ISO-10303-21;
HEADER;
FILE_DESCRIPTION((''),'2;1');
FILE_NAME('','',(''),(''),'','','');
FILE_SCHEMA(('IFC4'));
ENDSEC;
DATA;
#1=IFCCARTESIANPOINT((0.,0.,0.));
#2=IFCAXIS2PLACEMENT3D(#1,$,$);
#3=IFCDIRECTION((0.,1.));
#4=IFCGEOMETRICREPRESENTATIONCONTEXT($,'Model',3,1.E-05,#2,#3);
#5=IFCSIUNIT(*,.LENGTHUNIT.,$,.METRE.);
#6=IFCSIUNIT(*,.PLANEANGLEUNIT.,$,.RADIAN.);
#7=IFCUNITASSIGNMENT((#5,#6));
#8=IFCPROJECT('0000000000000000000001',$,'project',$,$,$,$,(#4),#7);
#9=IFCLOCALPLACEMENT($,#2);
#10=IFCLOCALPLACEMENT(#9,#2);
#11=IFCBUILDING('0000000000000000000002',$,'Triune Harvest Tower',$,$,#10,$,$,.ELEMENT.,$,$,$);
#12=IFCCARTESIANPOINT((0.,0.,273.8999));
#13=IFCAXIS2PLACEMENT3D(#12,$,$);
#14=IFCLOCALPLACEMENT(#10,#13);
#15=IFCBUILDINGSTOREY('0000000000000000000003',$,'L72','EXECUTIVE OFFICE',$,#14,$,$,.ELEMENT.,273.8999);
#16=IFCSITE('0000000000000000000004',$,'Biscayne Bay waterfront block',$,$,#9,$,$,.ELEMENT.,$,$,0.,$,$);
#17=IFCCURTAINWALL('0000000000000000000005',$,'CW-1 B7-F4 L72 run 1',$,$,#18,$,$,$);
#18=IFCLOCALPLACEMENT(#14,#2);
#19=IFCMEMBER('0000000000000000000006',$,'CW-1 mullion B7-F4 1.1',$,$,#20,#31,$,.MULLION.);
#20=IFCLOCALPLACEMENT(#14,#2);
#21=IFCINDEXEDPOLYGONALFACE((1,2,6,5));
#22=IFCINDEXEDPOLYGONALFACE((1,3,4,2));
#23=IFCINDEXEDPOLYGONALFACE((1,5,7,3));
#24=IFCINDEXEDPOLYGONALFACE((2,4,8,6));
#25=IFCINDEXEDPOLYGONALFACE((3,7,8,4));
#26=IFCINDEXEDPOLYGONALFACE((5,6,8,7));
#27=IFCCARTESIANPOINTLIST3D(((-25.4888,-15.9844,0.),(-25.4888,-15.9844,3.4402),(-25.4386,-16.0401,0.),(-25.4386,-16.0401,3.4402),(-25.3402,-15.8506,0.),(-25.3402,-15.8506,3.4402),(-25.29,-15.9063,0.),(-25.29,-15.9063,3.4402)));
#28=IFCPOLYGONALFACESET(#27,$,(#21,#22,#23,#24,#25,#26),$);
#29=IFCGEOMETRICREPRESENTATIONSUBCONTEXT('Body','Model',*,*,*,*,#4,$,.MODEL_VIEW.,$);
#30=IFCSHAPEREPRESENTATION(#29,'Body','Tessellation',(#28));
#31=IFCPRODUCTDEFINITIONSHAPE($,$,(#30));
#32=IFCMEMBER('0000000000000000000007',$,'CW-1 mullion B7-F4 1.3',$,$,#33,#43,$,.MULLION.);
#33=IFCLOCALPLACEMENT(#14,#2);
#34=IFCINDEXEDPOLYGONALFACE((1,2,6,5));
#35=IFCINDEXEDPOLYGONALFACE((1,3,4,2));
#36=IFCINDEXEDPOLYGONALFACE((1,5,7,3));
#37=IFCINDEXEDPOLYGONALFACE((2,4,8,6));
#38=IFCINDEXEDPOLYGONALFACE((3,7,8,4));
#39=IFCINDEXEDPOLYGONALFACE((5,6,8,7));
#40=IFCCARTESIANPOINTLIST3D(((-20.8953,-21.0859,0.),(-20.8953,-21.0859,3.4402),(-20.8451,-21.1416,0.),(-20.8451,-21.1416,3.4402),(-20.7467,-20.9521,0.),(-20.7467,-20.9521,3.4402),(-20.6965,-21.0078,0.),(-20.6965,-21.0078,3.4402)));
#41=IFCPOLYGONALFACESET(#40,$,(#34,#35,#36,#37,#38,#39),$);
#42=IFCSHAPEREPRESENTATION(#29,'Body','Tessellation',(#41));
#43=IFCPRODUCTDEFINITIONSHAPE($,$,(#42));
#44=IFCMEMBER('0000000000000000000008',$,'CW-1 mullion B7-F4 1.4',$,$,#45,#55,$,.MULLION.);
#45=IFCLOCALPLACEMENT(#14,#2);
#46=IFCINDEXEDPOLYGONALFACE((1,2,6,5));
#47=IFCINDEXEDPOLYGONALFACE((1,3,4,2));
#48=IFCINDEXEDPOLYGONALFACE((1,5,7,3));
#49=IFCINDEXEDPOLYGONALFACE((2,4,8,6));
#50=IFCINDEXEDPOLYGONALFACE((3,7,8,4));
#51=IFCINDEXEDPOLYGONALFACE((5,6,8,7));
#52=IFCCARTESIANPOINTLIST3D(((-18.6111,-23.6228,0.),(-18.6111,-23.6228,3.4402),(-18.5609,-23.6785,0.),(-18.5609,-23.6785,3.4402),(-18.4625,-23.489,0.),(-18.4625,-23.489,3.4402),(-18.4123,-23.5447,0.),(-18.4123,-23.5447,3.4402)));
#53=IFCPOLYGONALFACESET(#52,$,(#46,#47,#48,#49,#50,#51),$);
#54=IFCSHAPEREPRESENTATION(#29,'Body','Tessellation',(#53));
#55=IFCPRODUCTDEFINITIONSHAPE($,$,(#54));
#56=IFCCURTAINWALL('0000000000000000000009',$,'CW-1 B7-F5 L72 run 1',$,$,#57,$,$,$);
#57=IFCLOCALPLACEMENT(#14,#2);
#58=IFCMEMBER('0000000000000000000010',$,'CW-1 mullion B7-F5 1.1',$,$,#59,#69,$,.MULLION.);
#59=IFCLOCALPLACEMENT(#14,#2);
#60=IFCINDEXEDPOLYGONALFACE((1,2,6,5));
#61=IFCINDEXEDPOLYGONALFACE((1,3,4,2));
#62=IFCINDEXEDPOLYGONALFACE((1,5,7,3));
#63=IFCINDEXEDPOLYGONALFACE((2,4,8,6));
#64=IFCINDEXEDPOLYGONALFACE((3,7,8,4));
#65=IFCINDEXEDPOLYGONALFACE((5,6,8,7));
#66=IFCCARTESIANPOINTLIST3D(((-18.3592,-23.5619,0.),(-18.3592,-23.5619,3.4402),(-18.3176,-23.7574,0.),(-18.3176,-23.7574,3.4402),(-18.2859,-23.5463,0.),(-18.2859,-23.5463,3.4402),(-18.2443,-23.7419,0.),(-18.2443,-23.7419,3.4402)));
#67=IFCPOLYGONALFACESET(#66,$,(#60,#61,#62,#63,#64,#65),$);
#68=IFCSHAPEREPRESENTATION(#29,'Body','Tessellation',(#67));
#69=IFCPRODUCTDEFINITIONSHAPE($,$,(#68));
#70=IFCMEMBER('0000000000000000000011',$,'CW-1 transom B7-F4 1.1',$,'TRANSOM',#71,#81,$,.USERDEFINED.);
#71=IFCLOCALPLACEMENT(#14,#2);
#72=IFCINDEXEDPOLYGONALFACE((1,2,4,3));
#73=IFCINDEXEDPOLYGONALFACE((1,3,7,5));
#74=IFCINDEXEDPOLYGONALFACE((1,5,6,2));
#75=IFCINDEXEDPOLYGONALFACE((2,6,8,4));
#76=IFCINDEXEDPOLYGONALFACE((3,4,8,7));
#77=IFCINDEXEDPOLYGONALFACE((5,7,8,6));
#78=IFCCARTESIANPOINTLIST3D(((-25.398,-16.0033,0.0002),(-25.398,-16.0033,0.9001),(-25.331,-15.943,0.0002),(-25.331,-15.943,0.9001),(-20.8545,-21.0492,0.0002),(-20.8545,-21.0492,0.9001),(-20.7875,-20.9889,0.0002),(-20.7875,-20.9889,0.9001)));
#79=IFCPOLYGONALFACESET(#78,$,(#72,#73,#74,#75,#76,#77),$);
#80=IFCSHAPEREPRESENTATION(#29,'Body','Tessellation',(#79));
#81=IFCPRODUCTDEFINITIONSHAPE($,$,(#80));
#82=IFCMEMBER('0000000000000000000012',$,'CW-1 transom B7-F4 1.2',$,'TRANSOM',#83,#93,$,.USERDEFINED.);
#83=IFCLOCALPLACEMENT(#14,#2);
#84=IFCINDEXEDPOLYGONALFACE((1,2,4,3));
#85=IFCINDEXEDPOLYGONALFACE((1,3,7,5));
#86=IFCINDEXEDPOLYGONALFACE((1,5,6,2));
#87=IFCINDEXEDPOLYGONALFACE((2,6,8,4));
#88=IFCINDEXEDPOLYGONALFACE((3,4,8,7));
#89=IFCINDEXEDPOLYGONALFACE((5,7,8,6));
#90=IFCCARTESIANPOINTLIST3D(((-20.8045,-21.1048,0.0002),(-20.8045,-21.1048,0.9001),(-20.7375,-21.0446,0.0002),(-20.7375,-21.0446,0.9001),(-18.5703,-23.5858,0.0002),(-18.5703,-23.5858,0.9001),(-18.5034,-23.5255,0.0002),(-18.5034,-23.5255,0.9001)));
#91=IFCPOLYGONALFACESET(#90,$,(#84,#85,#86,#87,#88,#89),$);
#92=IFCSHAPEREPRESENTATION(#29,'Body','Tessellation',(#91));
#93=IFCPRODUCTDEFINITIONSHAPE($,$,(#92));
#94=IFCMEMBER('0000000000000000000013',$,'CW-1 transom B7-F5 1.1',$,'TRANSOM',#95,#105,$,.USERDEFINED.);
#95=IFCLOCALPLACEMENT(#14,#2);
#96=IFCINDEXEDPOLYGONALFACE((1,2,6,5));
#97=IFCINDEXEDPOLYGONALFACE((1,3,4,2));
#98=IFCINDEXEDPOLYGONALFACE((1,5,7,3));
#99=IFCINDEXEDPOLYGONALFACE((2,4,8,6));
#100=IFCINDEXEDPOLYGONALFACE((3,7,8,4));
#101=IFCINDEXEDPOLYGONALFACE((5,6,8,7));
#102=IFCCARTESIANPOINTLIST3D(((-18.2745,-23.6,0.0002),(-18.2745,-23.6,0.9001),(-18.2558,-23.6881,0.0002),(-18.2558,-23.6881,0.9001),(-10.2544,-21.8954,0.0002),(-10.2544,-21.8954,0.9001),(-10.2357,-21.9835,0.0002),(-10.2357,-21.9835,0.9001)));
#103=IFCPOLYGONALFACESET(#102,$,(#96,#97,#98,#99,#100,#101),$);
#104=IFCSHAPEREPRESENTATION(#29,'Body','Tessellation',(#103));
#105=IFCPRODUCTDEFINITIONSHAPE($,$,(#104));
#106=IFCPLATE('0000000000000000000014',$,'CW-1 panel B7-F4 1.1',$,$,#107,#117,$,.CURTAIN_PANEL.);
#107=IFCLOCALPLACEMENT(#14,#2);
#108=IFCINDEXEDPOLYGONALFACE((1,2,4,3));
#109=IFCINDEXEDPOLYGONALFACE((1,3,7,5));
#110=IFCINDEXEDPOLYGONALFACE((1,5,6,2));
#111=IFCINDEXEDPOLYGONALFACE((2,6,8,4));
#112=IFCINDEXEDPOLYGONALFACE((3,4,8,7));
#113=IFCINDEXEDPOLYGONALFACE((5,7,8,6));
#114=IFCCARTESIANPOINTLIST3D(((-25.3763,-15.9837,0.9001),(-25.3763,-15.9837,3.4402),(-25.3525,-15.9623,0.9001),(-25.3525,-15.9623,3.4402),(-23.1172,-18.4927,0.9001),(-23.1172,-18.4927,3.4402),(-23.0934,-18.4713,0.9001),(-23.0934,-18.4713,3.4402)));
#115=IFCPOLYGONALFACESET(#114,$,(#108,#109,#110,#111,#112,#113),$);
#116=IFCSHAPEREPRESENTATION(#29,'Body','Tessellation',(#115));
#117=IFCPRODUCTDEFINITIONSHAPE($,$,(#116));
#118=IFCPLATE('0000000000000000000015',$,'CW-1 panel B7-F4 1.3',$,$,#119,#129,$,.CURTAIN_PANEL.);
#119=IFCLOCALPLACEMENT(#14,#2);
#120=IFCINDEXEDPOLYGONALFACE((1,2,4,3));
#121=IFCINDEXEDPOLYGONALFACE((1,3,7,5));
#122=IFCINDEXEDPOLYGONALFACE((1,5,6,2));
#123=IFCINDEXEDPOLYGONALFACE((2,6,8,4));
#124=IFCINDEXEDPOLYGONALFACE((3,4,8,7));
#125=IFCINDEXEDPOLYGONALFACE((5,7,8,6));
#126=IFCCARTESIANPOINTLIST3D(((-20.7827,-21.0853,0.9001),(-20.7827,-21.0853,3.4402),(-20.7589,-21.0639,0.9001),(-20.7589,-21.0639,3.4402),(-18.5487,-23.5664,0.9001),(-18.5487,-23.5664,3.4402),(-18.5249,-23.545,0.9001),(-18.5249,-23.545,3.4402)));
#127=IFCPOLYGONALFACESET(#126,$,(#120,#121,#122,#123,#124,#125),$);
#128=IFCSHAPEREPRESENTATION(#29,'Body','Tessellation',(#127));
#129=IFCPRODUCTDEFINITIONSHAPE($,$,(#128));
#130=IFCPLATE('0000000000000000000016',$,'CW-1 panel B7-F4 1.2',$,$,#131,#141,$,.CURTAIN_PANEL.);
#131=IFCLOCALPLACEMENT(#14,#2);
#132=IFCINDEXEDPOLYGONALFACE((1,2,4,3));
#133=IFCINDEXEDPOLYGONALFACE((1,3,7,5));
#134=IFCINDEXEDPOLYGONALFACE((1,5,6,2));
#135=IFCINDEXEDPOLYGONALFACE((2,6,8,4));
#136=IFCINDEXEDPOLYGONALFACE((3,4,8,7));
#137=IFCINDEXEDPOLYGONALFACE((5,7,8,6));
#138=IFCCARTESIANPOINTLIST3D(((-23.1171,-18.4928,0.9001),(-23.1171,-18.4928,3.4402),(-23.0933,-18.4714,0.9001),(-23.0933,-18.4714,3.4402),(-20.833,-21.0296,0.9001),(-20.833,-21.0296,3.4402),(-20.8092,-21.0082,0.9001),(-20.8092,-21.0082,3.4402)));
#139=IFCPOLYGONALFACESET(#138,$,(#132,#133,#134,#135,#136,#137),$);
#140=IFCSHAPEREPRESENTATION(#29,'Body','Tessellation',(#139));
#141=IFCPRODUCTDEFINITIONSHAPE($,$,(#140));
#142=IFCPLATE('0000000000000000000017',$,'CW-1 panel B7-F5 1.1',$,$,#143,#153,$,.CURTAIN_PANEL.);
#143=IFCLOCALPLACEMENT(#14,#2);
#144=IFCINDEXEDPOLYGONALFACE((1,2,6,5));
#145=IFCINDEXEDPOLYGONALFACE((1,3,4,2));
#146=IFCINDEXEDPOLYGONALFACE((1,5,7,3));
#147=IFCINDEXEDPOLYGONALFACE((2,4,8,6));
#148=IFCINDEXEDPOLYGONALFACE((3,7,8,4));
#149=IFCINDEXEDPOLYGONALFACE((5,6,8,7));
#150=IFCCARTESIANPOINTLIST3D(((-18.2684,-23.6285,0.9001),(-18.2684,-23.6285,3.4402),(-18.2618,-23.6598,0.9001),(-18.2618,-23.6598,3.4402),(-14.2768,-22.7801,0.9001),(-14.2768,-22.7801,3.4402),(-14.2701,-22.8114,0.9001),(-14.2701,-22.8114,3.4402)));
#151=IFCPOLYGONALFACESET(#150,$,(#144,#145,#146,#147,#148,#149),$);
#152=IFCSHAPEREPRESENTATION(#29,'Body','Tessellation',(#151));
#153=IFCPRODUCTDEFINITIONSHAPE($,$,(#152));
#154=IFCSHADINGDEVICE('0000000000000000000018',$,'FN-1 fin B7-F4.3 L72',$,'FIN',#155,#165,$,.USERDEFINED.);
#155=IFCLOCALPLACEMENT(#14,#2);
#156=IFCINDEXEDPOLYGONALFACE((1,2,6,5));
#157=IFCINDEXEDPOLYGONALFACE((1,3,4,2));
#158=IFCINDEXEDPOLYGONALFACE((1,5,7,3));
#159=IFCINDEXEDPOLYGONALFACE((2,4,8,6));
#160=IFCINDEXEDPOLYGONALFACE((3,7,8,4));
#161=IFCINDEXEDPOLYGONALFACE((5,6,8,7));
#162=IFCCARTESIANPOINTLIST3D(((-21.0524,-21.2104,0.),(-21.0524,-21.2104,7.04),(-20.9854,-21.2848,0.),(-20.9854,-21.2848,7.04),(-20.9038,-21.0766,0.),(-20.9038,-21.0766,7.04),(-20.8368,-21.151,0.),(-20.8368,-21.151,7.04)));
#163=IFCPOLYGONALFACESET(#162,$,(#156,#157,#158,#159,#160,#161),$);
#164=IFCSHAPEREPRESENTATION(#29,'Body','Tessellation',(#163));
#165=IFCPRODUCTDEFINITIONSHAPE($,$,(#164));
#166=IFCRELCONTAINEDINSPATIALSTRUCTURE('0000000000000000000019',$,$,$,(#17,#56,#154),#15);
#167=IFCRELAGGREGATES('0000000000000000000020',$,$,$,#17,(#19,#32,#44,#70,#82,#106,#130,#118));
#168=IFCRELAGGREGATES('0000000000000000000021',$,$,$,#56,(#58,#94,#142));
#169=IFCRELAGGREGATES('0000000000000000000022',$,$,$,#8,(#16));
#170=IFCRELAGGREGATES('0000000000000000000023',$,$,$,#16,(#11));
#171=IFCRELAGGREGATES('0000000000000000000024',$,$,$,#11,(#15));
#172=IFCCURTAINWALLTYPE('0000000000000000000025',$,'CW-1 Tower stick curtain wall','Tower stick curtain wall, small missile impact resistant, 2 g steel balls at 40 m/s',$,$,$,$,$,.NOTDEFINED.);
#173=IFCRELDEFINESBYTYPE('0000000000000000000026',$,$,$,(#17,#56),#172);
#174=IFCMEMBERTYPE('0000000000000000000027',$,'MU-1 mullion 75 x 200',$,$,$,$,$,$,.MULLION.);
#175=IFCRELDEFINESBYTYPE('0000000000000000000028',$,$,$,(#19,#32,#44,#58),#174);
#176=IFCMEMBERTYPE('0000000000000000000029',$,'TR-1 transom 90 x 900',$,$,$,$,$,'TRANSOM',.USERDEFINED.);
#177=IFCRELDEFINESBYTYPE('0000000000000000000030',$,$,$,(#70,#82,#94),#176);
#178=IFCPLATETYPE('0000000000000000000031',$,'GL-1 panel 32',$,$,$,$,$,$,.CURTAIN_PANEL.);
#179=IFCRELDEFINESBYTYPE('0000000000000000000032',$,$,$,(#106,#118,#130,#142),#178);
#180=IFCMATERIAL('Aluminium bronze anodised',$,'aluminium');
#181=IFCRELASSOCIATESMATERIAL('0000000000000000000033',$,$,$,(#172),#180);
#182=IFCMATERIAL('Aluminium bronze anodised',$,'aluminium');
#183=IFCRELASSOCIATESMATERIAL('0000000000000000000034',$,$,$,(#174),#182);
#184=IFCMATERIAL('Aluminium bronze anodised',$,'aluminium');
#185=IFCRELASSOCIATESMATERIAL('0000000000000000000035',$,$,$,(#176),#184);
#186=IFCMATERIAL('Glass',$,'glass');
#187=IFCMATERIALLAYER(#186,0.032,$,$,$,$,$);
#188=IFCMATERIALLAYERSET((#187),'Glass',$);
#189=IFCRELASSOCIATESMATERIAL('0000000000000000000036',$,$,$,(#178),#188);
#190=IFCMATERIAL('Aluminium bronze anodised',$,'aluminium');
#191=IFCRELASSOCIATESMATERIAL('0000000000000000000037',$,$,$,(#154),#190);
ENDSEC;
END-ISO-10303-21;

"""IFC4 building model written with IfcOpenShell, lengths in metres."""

from ifc_helpers import new_model, si_unit, direction, frame, origin, origin_2d, place, context, subcontext, project, spatial, rectangle, extrude, source, transform, mapped, material, layer, layer_set, material_profile, profile_set, type_object, element, aggregate, save


model = new_model("IFC4")

# Units and contexts
model_context = context("Model", 3, precision=1e-05, world=origin(), true_north=direction((0.0, 1.0)))
body_context = subcontext(model_context, "Body", "Model", "MODEL_VIEW")
ifc_project = project(units=[si_unit("LENGTHUNIT", "METRE"), si_unit("PLANEANGLEUNIT", "RADIAN")], contexts=[model_context])

# Site, building, storey
site_placement = place(None, origin())
site = spatial("IfcSite", under=ifc_project, at=site_placement, Name="Biscayne Bay waterfront block", CompositionType="ELEMENT", RefElevation=0.0)
building_placement = place(site_placement, origin())
building = spatial("IfcBuilding", under=site, at=building_placement, Name="Triune Harvest Tower", CompositionType="ELEMENT")
storey_placement = place(building_placement, frame((0.0, 0.0, 273.8999)))
storey = spatial("IfcBuildingStorey", under=building, at=storey_placement, Name="L72", Description="EXECUTIVE OFFICE", CompositionType="ELEMENT", Elevation=273.8999)

# Curtain wall, members
ifc_material_1 = material(Name="Aluminium bronze anodised", Category="aluminium")
curtain_wall_type = type_object("IfcCurtainWallType", Name="CW-1 Tower stick curtain wall", Description="Tower stick curtain wall, small missile impact resistant, 2 g steel balls at 40 m/s", PredefinedType="NOTDEFINED", material=ifc_material_1)
curtain_wall_1_placement = place(storey_placement, origin())
curtain_wall_1 = element("IfcCurtainWall", 1, at=curtain_wall_1_placement, inside=storey, type_object=curtain_wall_type, Name="CW-1 B7-F4 L72 run 1")
ifc_material_2 = material(Name="Aluminium bronze anodised", Category="aluminium")
ifc_material_profile_1 = material_profile(ifc_material_2, rectangle(XDim=0.2, YDim=0.075, at=origin_2d()), Name="MU-1 mullion 75 x 200")
ifc_profile_set_1 = profile_set([ifc_material_profile_1], Name="Aluminium bronze anodised")
member_type_1 = type_object("IfcMemberType", Name="MU-1 mullion 75 x 200", PredefinedType="MULLION", material=ifc_profile_set_1)
shared_shape_1 = source(origin(), body_context, "Body", "SweptSolid", [
    extrude(rectangle(XDim=0.2, YDim=0.075, at=origin_2d()), origin(), (0.0, 0.0, 1.0), 3.4402),
])
member_1_placement = place(storey_placement, frame((-25.3894, -15.9453, 0.0), z_axis=(0.0, 0.0, 1.0), x_axis=(0.743144, 0.669132, 0.0)))
member_1 = element("IfcMember", 2, at=member_1_placement, type_object=member_type_1, Name="CW-1 mullion B7-F4 1.1", PredefinedType="MULLION", context=body_context, shape_type="MappedRepresentation", body=[
    mapped(shared_shape_1, transform((0.0, 0.0, 0.0), scale=1.0)),
])
member_2_placement = place(storey_placement, frame((-20.7959, -21.0469, 0.0), z_axis=(0.0, 0.0, 1.0), x_axis=(0.743144, 0.669132, 0.0)))
member_2 = element("IfcMember", 3, at=member_2_placement, type_object=member_type_1, Name="CW-1 mullion B7-F4 1.3", PredefinedType="MULLION", context=body_context, shape_type="MappedRepresentation", body=[
    mapped(shared_shape_1, transform((0.0, 0.0, 0.0), scale=1.0)),
])
member_3_placement = place(storey_placement, frame((-18.5117, -23.5837, 0.0), z_axis=(0.0, 0.0, 1.0), x_axis=(0.743144, 0.669132, 0.0)))
member_3 = element("IfcMember", 4, at=member_3_placement, type_object=member_type_1, Name="CW-1 mullion B7-F4 1.4", PredefinedType="MULLION", context=body_context, shape_type="MappedRepresentation", body=[
    mapped(shared_shape_1, transform((0.0, 0.0, 0.0), scale=1.0)),
])

# Curtain wall, member
curtain_wall_2_placement = place(storey_placement, origin())
curtain_wall_2 = element("IfcCurtainWall", 5, at=curtain_wall_2_placement, inside=storey, type_object=curtain_wall_type, Name="CW-1 B7-F5 L72 run 1")
member_4_placement = place(storey_placement, frame((-18.3018, -23.6519, 0.0), z_axis=(0.0, 0.0, 1.0), x_axis=(-0.207909, 0.978148, 0.0)))
member_4 = element("IfcMember", 6, at=member_4_placement, type_object=member_type_1, Name="CW-1 mullion B7-F5 1.1", PredefinedType="MULLION", context=body_context, shape_type="MappedRepresentation", body=[
    mapped(shared_shape_1, transform((0.0, 0.0, 0.0), scale=1.0)),
])

# Members
ifc_material_3 = material(Name="Aluminium bronze anodised", Category="aluminium")
ifc_material_profile_2 = material_profile(ifc_material_3, rectangle(XDim=0.0901, YDim=0.8999, at=origin_2d()), Name="TR-1 transom 90 x 900")
ifc_profile_set_2 = profile_set([ifc_material_profile_2], Name="Aluminium bronze anodised")
member_type_2 = type_object("IfcMemberType", Name="TR-1 transom 90 x 900", ElementType="TRANSOM", PredefinedType="USERDEFINED", material=ifc_profile_set_2)
shared_shape_2 = source(origin(), body_context, "Body", "SweptSolid", [
    extrude(rectangle(XDim=0.0901, YDim=0.8999, at=origin_2d()), origin(), (0.0, 0.0, 1.0), 6.79),
])
member_5_placement = place(storey_placement, frame((-25.3645, -15.9731, 0.4502), z_axis=(0.66914, -0.743137, 0.0), x_axis=(0.743137, 0.66914, 0.0)))
member_5 = element("IfcMember", 7, at=member_5_placement, type_object=member_type_2, Name="CW-1 transom B7-F4 1.1", ObjectType="TRANSOM", PredefinedType="USERDEFINED", context=body_context, shape_type="MappedRepresentation", body=[
    mapped(shared_shape_2, transform((0.0, 0.0, 0.0), scale=1.0)),
])
shared_shape_3 = source(origin(), body_context, "Body", "SweptSolid", [
    extrude(rectangle(XDim=0.0901, YDim=0.8999, at=origin_2d()), origin(), (0.0, 0.0, 1.0), 3.3386),
])
member_6_placement = place(storey_placement, frame((-20.771, -21.0747, 0.4502), z_axis=(0.669175, -0.743105, 0.0), x_axis=(0.743105, 0.669175, 0.0)))
member_6 = element("IfcMember", 8, at=member_6_placement, type_object=member_type_2, Name="CW-1 transom B7-F4 1.2", ObjectType="TRANSOM", PredefinedType="USERDEFINED", context=body_context, shape_type="MappedRepresentation", body=[
    mapped(shared_shape_3, transform((0.0, 0.0, 0.0), scale=1.0)),
])
shared_shape_4 = source(origin(), body_context, "Body", "SweptSolid", [
    extrude(rectangle(XDim=0.0901, YDim=0.8999, at=origin_2d()), origin(), (0.0, 0.0, 1.0), 8.1992),
])
member_7_placement = place(storey_placement, frame((-18.2651, -23.644, 0.4502), z_axis=(0.978151, 0.207898, 0.0), x_axis=(-0.207898, 0.978151, 0.0)))
member_7 = element("IfcMember", 9, at=member_7_placement, type_object=member_type_2, Name="CW-1 transom B7-F5 1.1", ObjectType="TRANSOM", PredefinedType="USERDEFINED", context=body_context, shape_type="MappedRepresentation", body=[
    mapped(shared_shape_4, transform((0.0, 0.0, 0.0), scale=1.0)),
])

# Plates
ifc_material_4 = material(Name="Glass", Category="glass")
ifc_layer = layer(ifc_material_4, 0.032)
ifc_layer_set = layer_set([ifc_layer], Name="Glass")
plate_type = type_object("IfcPlateType", Name="GL-1 panel 32", PredefinedType="CURTAIN_PANEL", material=ifc_layer_set)
shared_shape_5 = source(origin(), body_context, "Body", "SweptSolid", [
    extrude(rectangle(XDim=3.3762, YDim=0.032, at=origin_2d()), origin(), (0.0, 0.0, 1.0), 2.54),
])
plate_1_placement = place(storey_placement, frame((-24.2349, -17.2275, 0.9001), z_axis=(0.0, 0.0, 1.0), x_axis=(0.669132, -0.743144, 0.0)))
plate_1 = element("IfcPlate", 10, at=plate_1_placement, type_object=plate_type, Name="CW-1 panel B7-F4 1.1", PredefinedType="CURTAIN_PANEL", context=body_context, shape_type="MappedRepresentation", body=[
    mapped(shared_shape_5, transform((0.0, 0.0, 0.0), scale=1.0)),
])
shared_shape_6 = source(origin(), body_context, "Body", "SweptSolid", [
    extrude(rectangle(XDim=3.3386, YDim=0.032, at=origin_2d()), origin(), (0.0, 0.0, 1.0), 2.54),
])
plate_2_placement = place(storey_placement, frame((-19.6538, -22.3152, 0.9001), z_axis=(0.0, 0.0, 1.0), x_axis=(0.669132, -0.743144, 0.0)))
plate_2 = element("IfcPlate", 11, at=plate_2_placement, type_object=plate_type, Name="CW-1 panel B7-F4 1.3", PredefinedType="CURTAIN_PANEL", context=body_context, shape_type="MappedRepresentation", body=[
    mapped(shared_shape_6, transform((0.0, 0.0, 0.0), scale=1.0)),
])
shared_shape_7 = source(origin(), body_context, "Body", "SweptSolid", [
    extrude(rectangle(XDim=3.4136, YDim=0.032, at=origin_2d()), origin(), (0.0, 0.0, 1.0), 2.54),
])
plate_3_placement = place(storey_placement, frame((-21.9631, -19.7505, 0.9001), z_axis=(0.0, 0.0, 1.0), x_axis=(0.669132, -0.743144, 0.0)))
plate_3 = element("IfcPlate", 12, at=plate_3_placement, type_object=plate_type, Name="CW-1 panel B7-F4 1.2", PredefinedType="CURTAIN_PANEL", context=body_context, shape_type="MappedRepresentation", body=[
    mapped(shared_shape_7, transform((0.0, 0.0, 0.0), scale=1.0)),
])
aggregate(curtain_wall_1, [member_1, member_2, member_3, member_5, member_6, plate_1, plate_3, plate_2])
shared_shape_8 = source(origin(), body_context, "Body", "SweptSolid", [
    extrude(rectangle(XDim=4.0808, YDim=0.032, at=origin_2d()), origin(), (0.0, 0.0, 1.0), 2.54),
])
plate_4_placement = place(storey_placement, frame((-16.2693, -23.22, 0.9001), z_axis=(0.0, 0.0, 1.0), x_axis=(0.978148, 0.207909, 0.0)))
plate_4 = element("IfcPlate", 13, at=plate_4_placement, type_object=plate_type, Name="CW-1 panel B7-F5 1.1", PredefinedType="CURTAIN_PANEL", context=body_context, shape_type="MappedRepresentation", body=[
    mapped(shared_shape_8, transform((0.0, 0.0, 0.0), scale=1.0)),
])
aggregate(curtain_wall_2, [member_4, member_7, plate_4])

# Shading device
ifc_material_5 = material(Name="Aluminium bronze anodised", Category="aluminium")
shared_shape_9 = source(origin(), body_context, "Body", "SweptSolid", [
    extrude(rectangle(XDim=0.1001, YDim=0.2, at=origin_2d()), origin(), (0.0, 0.0, 1.0), 7.04),
])
shading_device_placement = place(storey_placement, frame((-20.9446, -21.1807, 0.0), z_axis=(0.0, 0.0, 1.0), x_axis=(0.669132, -0.743144, 0.0)))
element("IfcShadingDevice", 14, at=shading_device_placement, inside=storey, material=ifc_material_5, Name="FN-1 fin B7-F4.3 L72", ObjectType="FIN", PredefinedType="USERDEFINED", context=body_context, shape_type="MappedRepresentation", body=[
    mapped(shared_shape_9, transform((0.0, 0.0, 0.0), scale=1.0)),
])

save(model, "model.ifc")
